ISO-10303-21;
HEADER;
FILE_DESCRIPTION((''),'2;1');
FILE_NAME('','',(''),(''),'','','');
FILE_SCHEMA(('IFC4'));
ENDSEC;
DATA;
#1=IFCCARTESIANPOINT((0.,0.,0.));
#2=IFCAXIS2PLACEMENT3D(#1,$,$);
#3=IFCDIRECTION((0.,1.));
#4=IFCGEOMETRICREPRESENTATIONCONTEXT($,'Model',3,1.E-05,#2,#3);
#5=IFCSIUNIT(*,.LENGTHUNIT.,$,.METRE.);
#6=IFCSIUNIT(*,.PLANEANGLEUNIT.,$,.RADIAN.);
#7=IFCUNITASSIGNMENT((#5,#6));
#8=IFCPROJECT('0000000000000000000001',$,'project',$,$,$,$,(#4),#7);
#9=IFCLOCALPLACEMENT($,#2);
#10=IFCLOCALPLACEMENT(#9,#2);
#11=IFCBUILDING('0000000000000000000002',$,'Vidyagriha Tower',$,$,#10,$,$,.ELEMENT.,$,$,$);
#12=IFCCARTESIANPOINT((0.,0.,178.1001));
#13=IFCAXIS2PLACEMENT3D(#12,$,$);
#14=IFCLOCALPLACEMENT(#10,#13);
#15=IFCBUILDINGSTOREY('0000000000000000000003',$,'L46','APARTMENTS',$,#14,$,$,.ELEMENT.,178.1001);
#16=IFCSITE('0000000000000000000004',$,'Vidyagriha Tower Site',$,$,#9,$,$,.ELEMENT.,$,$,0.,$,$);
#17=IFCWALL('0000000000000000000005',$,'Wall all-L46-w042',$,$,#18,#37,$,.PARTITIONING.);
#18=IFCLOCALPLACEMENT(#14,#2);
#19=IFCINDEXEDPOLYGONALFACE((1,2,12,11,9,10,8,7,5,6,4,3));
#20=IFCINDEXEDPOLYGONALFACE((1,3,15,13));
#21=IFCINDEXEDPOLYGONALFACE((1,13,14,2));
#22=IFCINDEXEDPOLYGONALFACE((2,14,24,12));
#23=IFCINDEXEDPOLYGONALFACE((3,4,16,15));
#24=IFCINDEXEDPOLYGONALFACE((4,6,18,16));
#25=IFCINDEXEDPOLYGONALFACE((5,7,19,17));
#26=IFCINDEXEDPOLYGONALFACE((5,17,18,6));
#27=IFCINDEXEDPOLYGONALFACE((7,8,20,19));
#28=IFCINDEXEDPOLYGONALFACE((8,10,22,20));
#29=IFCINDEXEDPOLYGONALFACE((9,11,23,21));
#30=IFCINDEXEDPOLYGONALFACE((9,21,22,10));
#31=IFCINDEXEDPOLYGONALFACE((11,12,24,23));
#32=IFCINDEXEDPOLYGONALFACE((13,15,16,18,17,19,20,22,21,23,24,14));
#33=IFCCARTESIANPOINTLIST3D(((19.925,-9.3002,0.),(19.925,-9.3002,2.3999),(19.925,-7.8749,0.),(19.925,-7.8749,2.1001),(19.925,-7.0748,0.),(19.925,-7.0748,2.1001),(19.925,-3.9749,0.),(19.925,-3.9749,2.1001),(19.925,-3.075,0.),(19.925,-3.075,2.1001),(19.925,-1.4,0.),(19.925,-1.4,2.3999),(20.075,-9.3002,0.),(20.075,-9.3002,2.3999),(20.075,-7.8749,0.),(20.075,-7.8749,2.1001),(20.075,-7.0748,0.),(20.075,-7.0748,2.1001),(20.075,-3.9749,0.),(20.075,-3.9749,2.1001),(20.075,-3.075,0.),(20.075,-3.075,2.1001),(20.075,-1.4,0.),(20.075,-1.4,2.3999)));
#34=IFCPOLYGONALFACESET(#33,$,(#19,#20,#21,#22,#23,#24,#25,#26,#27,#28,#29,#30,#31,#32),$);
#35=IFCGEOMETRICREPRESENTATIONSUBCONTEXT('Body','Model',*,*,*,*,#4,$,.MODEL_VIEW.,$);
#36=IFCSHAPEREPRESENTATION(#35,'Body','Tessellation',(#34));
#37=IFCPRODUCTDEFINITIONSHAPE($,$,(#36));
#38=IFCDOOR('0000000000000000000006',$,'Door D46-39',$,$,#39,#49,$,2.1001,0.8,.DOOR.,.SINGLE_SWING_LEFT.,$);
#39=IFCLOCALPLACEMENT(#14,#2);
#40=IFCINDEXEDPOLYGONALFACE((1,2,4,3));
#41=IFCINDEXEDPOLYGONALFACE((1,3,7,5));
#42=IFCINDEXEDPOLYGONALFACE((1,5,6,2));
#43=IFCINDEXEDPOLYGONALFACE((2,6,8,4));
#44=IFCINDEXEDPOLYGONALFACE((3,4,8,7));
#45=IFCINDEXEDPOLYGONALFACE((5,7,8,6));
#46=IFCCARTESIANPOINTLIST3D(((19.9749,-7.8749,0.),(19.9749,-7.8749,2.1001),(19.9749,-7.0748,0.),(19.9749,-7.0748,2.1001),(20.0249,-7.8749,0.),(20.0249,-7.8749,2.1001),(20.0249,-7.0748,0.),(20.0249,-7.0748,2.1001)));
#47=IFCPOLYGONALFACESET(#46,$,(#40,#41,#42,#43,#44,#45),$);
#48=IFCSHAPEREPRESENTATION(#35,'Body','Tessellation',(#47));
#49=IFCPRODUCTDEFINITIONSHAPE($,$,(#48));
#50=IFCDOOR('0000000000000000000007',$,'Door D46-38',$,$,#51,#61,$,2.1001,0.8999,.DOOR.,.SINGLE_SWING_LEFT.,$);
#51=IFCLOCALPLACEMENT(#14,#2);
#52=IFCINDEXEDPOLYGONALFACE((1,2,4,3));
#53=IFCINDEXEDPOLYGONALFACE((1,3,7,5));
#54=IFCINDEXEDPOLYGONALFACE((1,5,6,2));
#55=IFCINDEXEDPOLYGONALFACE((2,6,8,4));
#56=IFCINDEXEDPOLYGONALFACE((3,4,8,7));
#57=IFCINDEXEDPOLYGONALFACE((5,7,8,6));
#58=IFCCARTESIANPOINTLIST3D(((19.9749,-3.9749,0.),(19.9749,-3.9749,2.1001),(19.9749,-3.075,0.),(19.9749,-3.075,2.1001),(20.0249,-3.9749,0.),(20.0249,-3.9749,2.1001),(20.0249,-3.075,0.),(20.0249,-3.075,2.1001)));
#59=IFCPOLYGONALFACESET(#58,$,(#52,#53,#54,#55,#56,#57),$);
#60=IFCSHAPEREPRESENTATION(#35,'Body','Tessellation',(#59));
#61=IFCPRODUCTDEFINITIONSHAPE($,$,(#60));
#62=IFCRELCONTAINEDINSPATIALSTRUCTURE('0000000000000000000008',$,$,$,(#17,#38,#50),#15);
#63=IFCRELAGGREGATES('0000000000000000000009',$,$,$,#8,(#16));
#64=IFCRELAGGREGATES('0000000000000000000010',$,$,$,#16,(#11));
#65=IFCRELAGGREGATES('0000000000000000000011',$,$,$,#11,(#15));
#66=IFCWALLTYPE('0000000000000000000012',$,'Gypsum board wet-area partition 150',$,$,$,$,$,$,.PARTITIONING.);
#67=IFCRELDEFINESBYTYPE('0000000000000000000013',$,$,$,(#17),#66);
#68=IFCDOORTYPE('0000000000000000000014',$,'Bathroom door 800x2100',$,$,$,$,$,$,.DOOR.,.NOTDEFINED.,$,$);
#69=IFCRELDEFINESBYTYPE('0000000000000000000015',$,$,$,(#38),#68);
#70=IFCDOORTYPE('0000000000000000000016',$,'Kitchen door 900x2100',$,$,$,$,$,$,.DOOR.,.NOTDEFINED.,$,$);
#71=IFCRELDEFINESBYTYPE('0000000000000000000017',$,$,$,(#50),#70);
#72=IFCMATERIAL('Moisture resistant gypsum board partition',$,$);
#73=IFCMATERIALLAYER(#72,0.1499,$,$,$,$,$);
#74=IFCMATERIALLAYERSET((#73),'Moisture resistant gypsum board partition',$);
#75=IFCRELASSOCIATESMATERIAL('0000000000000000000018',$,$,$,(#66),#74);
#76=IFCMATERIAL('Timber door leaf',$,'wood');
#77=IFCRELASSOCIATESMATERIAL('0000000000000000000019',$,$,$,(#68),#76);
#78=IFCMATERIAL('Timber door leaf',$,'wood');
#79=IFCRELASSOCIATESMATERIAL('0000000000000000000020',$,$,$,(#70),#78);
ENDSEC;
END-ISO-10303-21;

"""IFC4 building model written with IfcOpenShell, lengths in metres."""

from ifc_helpers import new_model, si_unit, direction, frame, frame_2d, origin, place, context, subcontext, project, spatial, rectangle, extrude, material, layer, layer_set, type_object, element, fill, save


model = new_model("IFC4")

# Units and contexts
model_context = context("Model", 3, precision=1e-05, world=origin(), true_north=direction((0.0, 1.0)))
body_context = subcontext(model_context, "Body", "Model", "MODEL_VIEW")
ifc_project = project(units=[si_unit("LENGTHUNIT", "METRE"), si_unit("PLANEANGLEUNIT", "RADIAN")], contexts=[model_context])

# Site, building, storey
site_placement = place(None, origin())
site = spatial("IfcSite", under=ifc_project, at=site_placement, Name="Vidyagriha Tower Site", CompositionType="ELEMENT", RefElevation=0.0)
building_placement = place(site_placement, origin())
building = spatial("IfcBuilding", under=site, at=building_placement, Name="Vidyagriha Tower", CompositionType="ELEMENT")
storey_placement = place(building_placement, frame((0.0, 0.0, 178.1001)))
storey = spatial("IfcBuildingStorey", under=building, at=storey_placement, Name="L46", Description="APARTMENTS", CompositionType="ELEMENT", Elevation=178.1001)

# Wall, openings, doors
ifc_material_1 = material(Name="Moisture resistant gypsum board partition")
ifc_layer_1 = layer(ifc_material_1, 0.1499)
ifc_layer_set_1 = layer_set([ifc_layer_1], Name="Moisture resistant gypsum board partition")
wall_type_1 = type_object("IfcWallType", Name="Gypsum board wet-area partition 150", PredefinedType="PARTITIONING", material=ifc_layer_set_1)
wall_1_placement = place(storey_placement, frame((20.0, -1.3999, 0.0), z_axis=(0.0, 0.0, 1.0), x_axis=(0.0, -1.0, 0.0)))
wall_1 = element("IfcWall", 1, at=wall_1_placement, inside=storey, type_object=wall_type_1, Name="Wall all-L46-w042", PredefinedType="PARTITIONING", context=body_context, shape_type="SweptSolid", body=[
    extrude(rectangle(XDim=7.9001, YDim=0.1499, at=frame_2d((3.9502, 0.0))), origin(), (0.0, 0.0, 1.0), 2.3999),
])
opening_1_placement = place(wall_1_placement, frame((1.675, 0.0, 0.0)))
opening_1 = element("IfcOpeningElement", 2, at=opening_1_placement, cuts=wall_1, PredefinedType="OPENING", context=body_context, shape_type="SweptSolid", body=[
    extrude(rectangle(XDim=0.8999, YDim=2.1001, at=frame_2d((0.45, 1.05))), frame((0.0, 0.085, 0.0), z_axis=(0.0, -1.0, 0.0), x_axis=(1.0, 0.0, 0.0)), (0.0, 0.0, 1.0), 0.1699),
])
opening_2_placement = place(wall_1_placement, frame((5.675, 0.0, 0.0)))
opening_2 = element("IfcOpeningElement", 3, at=opening_2_placement, cuts=wall_1, PredefinedType="OPENING", context=body_context, shape_type="SweptSolid", body=[
    extrude(rectangle(XDim=0.8, YDim=2.1001, at=frame_2d((0.3999, 1.05))), frame((0.0, 0.085, 0.0), z_axis=(0.0, -1.0, 0.0), x_axis=(1.0, 0.0, 0.0)), (0.0, 0.0, 1.0), 0.1699),
])
ifc_material_2 = material(Name="Timber door leaf", Category="wood")
door_type_1 = type_object("IfcDoorType", Name="Bathroom door 800x2100", OperationType="NOTDEFINED", PredefinedType="DOOR", material=ifc_material_2)
door_1_placement = place(opening_2_placement, origin())
door_1 = element("IfcDoor", 4, at=door_1_placement, inside=storey, type_object=door_type_1, Name="Door D46-39", OperationType="SINGLE_SWING_LEFT", OverallHeight=2.1001, OverallWidth=0.8, PredefinedType="DOOR", context=body_context, shape_type="SweptSolid", body=[
    extrude(rectangle(XDim=0.8, YDim=2.1001, at=frame_2d((0.3999, 1.05))), frame((0.0, 0.0249, 0.0), z_axis=(0.0, -1.0, 0.0), x_axis=(1.0, 0.0, 0.0)), (0.0, 0.0, 1.0), 0.05),
])
fill(opening_2, door_1)
ifc_material_3 = material(Name="Timber door leaf", Category="wood")
door_type_2 = type_object("IfcDoorType", Name="Kitchen door 900x2100", OperationType="NOTDEFINED", PredefinedType="DOOR", material=ifc_material_3)
door_2_placement = place(opening_1_placement, origin())
door_2 = element("IfcDoor", 5, at=door_2_placement, inside=storey, type_object=door_type_2, Name="Door D46-38", OperationType="SINGLE_SWING_LEFT", OverallHeight=2.1001, OverallWidth=0.8999, PredefinedType="DOOR", context=body_context, shape_type="SweptSolid", body=[
    extrude(rectangle(XDim=0.8999, YDim=2.1001, at=frame_2d((0.45, 1.05))), frame((0.0, 0.0249, 0.0), z_axis=(0.0, -1.0, 0.0), x_axis=(1.0, 0.0, 0.0)), (0.0, 0.0, 1.0), 0.05),
])
fill(opening_1, door_2)

save(model, "model.ifc")
